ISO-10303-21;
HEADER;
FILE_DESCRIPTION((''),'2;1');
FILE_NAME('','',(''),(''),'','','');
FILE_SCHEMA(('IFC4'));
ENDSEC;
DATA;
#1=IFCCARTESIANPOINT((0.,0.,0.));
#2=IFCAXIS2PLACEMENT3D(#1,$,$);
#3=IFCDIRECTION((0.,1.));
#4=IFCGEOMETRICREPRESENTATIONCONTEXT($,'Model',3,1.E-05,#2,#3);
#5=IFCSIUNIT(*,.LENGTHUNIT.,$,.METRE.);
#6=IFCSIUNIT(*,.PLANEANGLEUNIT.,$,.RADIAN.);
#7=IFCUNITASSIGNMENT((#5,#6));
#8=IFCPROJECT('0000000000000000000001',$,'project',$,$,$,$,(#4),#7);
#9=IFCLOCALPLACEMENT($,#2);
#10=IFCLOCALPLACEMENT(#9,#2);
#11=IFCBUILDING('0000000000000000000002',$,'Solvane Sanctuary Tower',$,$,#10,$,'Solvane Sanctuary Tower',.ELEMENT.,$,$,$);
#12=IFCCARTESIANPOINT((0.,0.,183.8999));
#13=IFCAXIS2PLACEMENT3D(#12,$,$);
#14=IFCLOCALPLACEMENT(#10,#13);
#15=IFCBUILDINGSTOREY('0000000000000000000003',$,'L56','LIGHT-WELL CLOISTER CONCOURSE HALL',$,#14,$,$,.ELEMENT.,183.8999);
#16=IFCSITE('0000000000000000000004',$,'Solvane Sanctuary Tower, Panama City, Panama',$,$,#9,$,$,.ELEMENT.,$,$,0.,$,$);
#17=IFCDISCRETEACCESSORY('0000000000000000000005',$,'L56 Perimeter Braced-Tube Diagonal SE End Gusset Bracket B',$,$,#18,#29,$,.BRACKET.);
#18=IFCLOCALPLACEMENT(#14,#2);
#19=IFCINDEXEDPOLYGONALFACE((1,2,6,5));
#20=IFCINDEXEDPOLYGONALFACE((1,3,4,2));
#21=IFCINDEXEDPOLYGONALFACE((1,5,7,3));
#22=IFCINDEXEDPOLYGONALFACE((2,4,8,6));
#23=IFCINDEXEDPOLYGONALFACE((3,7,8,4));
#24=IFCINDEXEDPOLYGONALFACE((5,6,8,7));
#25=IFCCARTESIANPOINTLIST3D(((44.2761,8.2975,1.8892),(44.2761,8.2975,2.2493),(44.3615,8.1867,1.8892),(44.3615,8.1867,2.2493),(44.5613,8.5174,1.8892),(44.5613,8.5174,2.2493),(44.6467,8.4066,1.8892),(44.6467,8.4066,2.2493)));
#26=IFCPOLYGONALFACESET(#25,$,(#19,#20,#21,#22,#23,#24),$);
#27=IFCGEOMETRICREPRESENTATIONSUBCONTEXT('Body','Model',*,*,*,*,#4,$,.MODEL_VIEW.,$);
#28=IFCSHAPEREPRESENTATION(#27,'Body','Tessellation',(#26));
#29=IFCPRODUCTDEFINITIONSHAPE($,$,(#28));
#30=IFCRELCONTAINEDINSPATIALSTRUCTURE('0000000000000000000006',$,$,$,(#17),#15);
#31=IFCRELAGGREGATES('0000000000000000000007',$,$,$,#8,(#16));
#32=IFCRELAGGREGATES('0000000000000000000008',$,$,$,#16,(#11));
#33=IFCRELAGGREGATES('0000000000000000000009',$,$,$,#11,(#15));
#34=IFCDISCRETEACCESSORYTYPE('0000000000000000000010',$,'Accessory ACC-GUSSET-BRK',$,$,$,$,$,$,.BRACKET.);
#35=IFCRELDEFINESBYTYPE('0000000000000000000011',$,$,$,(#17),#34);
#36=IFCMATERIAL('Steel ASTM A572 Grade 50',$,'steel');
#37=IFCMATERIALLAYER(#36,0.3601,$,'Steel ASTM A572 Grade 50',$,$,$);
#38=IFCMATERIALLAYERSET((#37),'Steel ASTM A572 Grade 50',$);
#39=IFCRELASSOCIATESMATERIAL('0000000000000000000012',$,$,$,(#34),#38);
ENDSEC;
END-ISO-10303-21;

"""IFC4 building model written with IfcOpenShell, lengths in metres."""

from ifc_helpers import new_model, si_unit, direction, frame, origin, origin_2d, place, context, subcontext, project, spatial, rectangle, extrude, material, layer, layer_set, type_object, element, save


model = new_model("IFC4")

# Units and contexts
model_context = context("Model", 3, precision=1e-05, world=origin(), true_north=direction((0.0, 1.0)))
body_context = subcontext(model_context, "Body", "Model", "MODEL_VIEW")
ifc_project = project(units=[si_unit("LENGTHUNIT", "METRE"), si_unit("PLANEANGLEUNIT", "RADIAN")], contexts=[model_context])

# Site, building, storey
site_placement = place(None, origin())
site = spatial("IfcSite", under=ifc_project, at=site_placement, Name="Solvane Sanctuary Tower, Panama City, Panama", CompositionType="ELEMENT", RefElevation=0.0)
building_placement = place(site_placement, origin())
building = spatial("IfcBuilding", under=site, at=building_placement, Name="Solvane Sanctuary Tower", LongName="Solvane Sanctuary Tower", CompositionType="ELEMENT")
storey_placement = place(building_placement, frame((0.0, 0.0, 183.8999)))
storey = spatial("IfcBuildingStorey", under=building, at=storey_placement, Name="L56", Description="LIGHT-WELL CLOISTER CONCOURSE HALL", CompositionType="ELEMENT", Elevation=183.8999)

# Discrete accessory
ifc_material_1 = material(Name="Steel ASTM A572 Grade 50", Category="steel")
ifc_layer_1 = layer(ifc_material_1, 0.3601, Name="Steel ASTM A572 Grade 50")
ifc_layer_set_1 = layer_set([ifc_layer_1], Name="Steel ASTM A572 Grade 50")
discrete_accessory_type = type_object("IfcDiscreteAccessoryType", Name="Accessory ACC-GUSSET-BRK", PredefinedType="BRACKET", material=ifc_layer_set_1)
for number, where, z_axis, x_axis, name in (
    (1, (44.4614, 8.3521, 1.8892), (0.0, 0.0, 1.0), (-0.792077, -0.610422, 0.0), "L56 Perimeter Braced-Tube Diagonal SE End Gusset Bracket B"),
):
    element("IfcDiscreteAccessory", number, at=place(storey_placement, frame(where, z_axis=z_axis, x_axis=x_axis)), inside=storey, type_object=discrete_accessory_type, Name=name, PredefinedType="BRACKET", context=body_context, shape_type="SweptSolid", body=[
        extrude(rectangle(XDim=0.3601, YDim=0.1399, at=origin_2d()), origin(), (0.0, 0.0, 1.0), 0.3601),
    ])

save(model, "model.ifc")
